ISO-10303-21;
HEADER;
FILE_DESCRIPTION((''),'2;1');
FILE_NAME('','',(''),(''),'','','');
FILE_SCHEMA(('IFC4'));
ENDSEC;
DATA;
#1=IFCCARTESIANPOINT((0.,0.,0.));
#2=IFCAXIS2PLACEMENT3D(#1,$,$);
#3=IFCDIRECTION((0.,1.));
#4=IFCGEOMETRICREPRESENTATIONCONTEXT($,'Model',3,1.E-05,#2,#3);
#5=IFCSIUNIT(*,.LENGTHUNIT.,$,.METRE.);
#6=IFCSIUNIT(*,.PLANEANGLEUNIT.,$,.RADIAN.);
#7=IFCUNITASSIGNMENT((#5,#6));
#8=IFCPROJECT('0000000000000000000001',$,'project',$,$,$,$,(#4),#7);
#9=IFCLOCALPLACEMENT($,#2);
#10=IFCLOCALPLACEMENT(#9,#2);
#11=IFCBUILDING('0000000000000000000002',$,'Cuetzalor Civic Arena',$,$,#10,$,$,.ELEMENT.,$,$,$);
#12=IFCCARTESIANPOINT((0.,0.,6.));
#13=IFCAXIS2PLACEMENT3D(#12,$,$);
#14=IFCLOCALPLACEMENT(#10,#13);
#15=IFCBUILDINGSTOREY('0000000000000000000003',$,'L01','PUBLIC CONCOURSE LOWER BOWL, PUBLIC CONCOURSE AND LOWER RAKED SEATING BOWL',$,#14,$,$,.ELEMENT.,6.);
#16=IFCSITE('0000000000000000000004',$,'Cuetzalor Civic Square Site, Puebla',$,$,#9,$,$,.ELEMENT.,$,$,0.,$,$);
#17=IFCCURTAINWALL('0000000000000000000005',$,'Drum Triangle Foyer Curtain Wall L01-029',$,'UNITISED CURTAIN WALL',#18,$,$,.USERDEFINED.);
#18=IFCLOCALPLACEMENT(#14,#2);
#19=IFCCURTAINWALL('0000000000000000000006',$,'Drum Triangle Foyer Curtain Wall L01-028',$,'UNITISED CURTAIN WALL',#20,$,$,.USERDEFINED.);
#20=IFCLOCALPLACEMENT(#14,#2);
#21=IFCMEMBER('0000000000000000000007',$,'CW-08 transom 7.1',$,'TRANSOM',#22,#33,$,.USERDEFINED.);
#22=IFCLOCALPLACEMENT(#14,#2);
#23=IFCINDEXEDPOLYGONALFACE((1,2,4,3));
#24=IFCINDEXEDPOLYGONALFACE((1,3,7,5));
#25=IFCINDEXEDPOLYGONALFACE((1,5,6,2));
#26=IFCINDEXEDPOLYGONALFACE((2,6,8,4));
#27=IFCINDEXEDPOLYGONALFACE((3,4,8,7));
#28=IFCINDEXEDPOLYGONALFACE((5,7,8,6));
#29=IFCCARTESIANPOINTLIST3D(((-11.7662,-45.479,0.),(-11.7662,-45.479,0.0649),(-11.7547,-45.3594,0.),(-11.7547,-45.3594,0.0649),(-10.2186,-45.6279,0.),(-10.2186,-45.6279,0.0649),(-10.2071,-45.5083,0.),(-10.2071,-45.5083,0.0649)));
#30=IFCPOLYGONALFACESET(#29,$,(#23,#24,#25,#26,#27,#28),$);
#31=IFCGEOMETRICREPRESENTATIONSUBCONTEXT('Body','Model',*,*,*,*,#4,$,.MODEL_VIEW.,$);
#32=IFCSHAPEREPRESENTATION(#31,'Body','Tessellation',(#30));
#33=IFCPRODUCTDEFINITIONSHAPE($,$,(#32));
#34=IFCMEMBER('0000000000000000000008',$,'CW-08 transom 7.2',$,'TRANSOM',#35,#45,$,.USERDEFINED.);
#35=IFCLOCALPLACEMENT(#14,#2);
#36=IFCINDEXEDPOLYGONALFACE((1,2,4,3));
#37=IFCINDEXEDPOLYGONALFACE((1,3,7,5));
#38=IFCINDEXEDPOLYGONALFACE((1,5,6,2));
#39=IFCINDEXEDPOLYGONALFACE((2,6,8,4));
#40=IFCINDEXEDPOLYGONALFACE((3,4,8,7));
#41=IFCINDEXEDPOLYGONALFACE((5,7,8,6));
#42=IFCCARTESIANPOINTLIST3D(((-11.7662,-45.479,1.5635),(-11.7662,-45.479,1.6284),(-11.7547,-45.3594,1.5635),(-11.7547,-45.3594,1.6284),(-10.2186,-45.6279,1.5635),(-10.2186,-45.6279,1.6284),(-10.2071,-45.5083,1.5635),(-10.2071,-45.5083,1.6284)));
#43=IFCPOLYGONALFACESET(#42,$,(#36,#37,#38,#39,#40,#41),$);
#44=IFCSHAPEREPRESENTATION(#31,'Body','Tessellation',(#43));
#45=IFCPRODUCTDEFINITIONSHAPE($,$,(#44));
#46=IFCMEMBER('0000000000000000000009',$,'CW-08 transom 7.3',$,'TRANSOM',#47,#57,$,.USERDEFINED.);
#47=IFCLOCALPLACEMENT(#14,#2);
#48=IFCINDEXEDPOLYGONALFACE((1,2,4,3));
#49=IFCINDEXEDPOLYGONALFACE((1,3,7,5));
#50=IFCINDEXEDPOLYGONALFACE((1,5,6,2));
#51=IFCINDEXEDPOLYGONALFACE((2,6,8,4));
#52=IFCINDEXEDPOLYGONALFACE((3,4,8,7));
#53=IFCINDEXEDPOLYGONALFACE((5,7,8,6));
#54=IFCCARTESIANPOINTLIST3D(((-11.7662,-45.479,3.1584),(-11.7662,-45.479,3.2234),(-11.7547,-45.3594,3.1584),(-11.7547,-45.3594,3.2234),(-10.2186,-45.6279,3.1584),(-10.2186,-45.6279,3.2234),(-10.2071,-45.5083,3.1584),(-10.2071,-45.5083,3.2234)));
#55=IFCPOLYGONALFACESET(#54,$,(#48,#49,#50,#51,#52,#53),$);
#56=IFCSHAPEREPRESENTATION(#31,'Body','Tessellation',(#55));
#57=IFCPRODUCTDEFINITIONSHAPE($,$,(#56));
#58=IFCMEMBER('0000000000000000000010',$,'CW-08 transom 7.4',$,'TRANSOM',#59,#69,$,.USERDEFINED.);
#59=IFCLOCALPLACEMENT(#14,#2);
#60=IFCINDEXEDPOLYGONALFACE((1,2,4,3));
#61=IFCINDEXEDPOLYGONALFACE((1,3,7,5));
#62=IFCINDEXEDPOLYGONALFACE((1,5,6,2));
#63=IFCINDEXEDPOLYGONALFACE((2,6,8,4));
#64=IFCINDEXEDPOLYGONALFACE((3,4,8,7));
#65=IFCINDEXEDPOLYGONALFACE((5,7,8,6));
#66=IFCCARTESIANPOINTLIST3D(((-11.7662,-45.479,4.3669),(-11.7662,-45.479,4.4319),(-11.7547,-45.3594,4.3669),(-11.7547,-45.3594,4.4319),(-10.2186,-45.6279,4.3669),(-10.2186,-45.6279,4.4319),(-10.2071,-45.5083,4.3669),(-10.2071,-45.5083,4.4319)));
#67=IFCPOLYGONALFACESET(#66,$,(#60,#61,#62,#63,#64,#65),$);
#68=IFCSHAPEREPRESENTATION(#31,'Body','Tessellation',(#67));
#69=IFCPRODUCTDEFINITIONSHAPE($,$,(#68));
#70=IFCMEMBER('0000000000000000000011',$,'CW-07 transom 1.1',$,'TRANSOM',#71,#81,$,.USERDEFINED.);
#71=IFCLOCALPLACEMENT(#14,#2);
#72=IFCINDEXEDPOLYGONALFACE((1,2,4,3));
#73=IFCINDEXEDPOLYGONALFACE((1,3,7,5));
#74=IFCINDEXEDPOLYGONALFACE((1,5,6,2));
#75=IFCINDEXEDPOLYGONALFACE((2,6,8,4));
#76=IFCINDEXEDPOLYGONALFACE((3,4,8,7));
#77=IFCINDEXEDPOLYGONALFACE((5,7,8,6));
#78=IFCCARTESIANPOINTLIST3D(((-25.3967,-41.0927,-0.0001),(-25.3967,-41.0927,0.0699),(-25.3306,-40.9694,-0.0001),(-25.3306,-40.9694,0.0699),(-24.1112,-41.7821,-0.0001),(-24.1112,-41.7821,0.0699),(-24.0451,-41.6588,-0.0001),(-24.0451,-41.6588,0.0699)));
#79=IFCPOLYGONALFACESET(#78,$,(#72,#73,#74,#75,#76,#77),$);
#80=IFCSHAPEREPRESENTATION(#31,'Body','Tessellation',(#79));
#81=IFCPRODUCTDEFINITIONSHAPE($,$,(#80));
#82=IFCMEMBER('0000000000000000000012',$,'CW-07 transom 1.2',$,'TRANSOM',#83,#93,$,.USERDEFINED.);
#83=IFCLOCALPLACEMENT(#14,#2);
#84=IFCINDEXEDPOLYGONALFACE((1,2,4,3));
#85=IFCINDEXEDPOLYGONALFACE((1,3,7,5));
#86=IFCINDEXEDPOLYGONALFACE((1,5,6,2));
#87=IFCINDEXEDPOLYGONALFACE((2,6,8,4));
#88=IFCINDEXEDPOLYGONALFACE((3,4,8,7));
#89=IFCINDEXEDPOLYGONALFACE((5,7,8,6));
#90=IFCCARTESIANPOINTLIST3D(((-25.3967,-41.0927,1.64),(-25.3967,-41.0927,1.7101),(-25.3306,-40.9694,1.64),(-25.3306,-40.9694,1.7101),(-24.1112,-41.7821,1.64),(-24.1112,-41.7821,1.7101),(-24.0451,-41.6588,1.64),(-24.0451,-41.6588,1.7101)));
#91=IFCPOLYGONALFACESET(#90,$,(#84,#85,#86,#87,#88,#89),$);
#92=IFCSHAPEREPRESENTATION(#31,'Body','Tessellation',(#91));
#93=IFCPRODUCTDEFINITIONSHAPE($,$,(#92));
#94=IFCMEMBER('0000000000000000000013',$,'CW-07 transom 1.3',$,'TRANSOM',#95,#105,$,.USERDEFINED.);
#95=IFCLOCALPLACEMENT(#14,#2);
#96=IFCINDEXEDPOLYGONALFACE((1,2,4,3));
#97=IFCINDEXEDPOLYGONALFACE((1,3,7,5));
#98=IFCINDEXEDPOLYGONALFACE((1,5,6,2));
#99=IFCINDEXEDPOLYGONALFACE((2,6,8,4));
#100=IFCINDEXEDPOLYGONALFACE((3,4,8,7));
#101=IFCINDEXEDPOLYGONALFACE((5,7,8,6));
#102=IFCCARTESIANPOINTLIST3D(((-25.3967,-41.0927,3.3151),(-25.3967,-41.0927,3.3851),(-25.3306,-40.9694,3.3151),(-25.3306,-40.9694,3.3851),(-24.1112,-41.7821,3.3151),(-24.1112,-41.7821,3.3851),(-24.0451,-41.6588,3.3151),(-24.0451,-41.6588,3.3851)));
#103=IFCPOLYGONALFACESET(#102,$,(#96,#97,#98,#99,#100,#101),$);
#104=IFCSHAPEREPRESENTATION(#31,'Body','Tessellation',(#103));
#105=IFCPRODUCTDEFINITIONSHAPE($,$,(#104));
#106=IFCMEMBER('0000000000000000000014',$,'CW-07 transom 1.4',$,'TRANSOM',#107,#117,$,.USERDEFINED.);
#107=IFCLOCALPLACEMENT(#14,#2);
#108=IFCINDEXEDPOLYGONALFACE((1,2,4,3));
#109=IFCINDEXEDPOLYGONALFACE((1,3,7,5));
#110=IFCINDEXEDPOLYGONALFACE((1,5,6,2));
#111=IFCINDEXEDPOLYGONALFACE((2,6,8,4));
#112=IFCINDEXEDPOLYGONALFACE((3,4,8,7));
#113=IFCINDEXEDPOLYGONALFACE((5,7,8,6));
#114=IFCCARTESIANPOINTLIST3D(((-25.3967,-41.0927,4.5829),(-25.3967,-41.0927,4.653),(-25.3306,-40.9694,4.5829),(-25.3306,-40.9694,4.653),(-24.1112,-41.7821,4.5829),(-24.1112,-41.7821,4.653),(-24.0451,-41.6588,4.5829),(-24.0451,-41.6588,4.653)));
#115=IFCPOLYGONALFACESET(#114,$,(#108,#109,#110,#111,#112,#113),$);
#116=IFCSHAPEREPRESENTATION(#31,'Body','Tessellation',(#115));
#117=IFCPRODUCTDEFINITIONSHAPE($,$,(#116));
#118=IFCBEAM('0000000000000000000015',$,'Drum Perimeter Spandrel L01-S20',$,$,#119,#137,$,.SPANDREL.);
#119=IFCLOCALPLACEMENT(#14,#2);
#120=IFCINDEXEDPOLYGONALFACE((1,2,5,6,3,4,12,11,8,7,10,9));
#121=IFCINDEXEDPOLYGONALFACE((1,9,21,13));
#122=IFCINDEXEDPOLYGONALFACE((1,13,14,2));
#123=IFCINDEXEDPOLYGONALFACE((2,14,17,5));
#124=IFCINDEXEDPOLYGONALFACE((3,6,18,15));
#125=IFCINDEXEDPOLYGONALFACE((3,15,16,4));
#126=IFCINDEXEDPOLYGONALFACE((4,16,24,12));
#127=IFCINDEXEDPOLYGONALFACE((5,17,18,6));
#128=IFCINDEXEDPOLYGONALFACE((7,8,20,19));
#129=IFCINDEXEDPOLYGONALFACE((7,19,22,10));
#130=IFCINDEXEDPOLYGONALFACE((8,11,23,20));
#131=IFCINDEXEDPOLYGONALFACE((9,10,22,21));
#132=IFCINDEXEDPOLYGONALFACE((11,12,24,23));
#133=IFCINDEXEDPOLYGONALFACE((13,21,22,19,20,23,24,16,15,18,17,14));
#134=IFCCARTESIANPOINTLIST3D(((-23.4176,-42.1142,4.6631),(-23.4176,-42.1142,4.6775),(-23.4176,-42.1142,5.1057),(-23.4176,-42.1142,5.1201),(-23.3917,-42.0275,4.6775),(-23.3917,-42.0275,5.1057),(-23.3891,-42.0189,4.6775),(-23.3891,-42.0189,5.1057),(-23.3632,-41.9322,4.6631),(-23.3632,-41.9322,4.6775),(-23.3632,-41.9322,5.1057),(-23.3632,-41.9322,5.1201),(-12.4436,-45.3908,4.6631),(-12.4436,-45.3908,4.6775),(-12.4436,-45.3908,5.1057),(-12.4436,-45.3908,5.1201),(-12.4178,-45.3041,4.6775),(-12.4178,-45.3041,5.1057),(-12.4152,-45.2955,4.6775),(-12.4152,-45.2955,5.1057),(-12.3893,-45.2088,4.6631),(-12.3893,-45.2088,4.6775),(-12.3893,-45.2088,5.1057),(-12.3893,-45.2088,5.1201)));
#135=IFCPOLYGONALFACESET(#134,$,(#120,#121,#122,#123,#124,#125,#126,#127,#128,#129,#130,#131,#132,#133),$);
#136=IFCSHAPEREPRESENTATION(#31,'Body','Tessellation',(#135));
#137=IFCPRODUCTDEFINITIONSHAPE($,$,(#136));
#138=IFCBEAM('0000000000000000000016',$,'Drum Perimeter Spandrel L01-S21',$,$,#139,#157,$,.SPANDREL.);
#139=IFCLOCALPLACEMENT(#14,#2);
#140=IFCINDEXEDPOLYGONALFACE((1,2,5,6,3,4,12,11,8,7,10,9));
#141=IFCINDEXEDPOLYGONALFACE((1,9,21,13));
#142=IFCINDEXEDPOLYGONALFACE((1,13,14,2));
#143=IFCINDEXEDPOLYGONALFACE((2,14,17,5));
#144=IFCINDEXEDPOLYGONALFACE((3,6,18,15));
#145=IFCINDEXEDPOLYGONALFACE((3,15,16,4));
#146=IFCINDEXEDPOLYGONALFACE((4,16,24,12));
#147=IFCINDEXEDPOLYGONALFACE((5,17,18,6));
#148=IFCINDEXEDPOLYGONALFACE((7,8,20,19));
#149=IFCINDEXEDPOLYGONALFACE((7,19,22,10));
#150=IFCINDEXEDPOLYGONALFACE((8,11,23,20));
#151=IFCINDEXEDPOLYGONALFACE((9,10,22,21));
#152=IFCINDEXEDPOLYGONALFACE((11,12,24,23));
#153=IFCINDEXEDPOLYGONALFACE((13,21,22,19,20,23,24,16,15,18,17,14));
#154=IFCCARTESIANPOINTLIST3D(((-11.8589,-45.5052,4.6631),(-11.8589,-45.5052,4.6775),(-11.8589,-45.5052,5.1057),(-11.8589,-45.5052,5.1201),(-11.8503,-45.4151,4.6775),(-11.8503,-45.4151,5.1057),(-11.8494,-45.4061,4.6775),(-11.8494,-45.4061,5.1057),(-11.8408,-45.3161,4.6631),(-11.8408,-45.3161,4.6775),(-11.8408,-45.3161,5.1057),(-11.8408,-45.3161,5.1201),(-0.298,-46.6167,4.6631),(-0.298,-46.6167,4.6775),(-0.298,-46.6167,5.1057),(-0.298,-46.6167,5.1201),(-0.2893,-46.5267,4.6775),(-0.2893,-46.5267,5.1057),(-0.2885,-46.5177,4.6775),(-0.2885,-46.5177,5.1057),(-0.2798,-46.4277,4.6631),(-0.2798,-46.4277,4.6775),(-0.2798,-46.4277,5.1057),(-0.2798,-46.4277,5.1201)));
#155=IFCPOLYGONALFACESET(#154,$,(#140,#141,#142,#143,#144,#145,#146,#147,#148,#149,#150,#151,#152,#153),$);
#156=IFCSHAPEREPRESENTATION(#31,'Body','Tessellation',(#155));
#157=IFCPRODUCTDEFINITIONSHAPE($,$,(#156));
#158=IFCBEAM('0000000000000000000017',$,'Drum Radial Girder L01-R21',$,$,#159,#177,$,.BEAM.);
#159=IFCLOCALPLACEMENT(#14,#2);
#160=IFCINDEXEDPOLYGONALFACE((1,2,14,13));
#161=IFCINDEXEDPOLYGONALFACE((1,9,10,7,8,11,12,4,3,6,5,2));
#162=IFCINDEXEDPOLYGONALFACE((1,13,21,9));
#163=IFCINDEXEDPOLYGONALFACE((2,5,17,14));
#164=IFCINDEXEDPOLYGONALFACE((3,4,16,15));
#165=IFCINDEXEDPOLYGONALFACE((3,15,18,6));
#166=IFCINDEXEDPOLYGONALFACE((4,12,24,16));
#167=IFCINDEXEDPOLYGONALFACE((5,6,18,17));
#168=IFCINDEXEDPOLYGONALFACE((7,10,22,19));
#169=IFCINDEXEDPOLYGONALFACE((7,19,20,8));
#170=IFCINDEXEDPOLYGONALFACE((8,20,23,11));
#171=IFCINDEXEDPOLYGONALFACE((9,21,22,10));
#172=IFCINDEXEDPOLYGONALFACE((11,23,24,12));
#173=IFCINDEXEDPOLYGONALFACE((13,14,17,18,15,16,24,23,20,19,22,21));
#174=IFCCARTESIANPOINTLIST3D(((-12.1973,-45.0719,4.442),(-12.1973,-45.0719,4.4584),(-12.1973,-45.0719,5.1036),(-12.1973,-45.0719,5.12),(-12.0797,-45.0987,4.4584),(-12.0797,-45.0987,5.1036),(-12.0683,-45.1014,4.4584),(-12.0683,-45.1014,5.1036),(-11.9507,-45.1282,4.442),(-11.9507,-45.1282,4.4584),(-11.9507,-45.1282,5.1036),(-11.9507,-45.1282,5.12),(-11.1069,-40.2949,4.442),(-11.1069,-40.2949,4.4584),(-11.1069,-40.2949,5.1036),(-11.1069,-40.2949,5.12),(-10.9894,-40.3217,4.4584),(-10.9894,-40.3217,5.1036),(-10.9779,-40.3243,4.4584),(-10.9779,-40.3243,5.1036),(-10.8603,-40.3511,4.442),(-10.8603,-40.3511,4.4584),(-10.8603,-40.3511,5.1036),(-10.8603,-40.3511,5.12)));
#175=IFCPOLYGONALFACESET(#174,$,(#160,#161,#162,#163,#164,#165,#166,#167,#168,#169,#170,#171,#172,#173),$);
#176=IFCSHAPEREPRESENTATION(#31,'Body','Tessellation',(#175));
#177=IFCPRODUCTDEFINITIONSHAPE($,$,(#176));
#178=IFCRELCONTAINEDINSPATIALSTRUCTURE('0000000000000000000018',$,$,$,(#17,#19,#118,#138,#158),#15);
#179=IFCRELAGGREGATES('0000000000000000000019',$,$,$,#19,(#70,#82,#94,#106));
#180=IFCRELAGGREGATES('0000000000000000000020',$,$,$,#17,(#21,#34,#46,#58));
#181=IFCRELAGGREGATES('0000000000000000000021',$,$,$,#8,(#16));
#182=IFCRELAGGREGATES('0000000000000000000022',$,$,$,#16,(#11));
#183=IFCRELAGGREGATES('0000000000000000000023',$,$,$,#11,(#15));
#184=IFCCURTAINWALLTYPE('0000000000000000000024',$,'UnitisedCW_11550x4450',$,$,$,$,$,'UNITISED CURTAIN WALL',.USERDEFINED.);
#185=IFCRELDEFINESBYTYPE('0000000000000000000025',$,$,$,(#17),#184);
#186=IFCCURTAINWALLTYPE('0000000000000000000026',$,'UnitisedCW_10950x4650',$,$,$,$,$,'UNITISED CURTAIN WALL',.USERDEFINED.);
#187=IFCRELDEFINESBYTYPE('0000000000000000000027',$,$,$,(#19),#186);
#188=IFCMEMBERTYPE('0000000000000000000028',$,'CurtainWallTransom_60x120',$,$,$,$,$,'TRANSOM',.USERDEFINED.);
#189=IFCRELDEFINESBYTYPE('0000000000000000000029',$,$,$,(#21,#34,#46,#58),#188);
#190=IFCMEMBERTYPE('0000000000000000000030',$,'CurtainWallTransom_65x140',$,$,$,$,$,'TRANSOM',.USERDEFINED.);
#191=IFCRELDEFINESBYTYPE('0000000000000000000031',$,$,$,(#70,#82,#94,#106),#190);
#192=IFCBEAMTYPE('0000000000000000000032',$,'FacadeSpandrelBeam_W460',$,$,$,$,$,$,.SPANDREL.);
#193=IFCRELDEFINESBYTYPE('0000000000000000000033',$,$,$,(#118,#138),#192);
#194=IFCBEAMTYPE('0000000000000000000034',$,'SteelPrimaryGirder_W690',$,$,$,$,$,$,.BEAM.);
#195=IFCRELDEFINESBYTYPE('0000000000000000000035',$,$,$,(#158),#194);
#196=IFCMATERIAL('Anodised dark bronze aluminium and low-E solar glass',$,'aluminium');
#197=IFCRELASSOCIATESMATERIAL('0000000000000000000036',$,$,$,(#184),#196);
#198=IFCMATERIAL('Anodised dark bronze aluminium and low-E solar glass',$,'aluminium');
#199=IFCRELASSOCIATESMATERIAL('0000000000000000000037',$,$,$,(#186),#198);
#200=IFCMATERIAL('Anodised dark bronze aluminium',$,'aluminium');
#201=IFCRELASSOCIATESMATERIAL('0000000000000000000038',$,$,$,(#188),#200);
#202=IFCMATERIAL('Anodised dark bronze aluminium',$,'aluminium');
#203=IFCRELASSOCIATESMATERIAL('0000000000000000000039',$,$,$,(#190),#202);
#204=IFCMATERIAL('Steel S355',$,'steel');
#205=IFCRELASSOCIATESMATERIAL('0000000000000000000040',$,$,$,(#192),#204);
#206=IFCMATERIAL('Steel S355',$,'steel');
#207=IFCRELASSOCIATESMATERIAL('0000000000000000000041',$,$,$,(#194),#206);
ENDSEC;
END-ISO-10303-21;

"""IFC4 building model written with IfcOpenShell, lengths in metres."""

from ifc_helpers import new_model, si_unit, direction, frame, origin, origin_2d, place, context, subcontext, project, spatial, rectangle, i_section, extrude, material, material_profile, profile_set, type_object, element, aggregate, save


model = new_model("IFC4")

# Units and contexts
model_context = context("Model", 3, precision=1e-05, world=origin(), true_north=direction((0.0, 1.0)))
body_context = subcontext(model_context, "Body", "Model", "MODEL_VIEW")
ifc_project = project(units=[si_unit("LENGTHUNIT", "METRE"), si_unit("PLANEANGLEUNIT", "RADIAN")], contexts=[model_context])

# Site, building, storey
site_placement = place(None, origin())
site = spatial("IfcSite", under=ifc_project, at=site_placement, Name="Cuetzalor Civic Square Site, Puebla", CompositionType="ELEMENT", RefElevation=0.0)
building_placement = place(site_placement, origin())
building = spatial("IfcBuilding", under=site, at=building_placement, Name="Cuetzalor Civic Arena", CompositionType="ELEMENT")
storey_placement = place(building_placement, frame((0.0, 0.0, 6.0)))
storey = spatial("IfcBuildingStorey", under=building, at=storey_placement, Name="L01", Description="PUBLIC CONCOURSE LOWER BOWL, PUBLIC CONCOURSE AND LOWER RAKED SEATING BOWL", CompositionType="ELEMENT", Elevation=6.0)

# Curtain wall
ifc_material_1 = material(Name="Anodised dark bronze aluminium and low-E solar glass", Category="aluminium")
curtain_wall_type_1 = type_object("IfcCurtainWallType", Name="UnitisedCW_11550x4450", ElementType="UNITISED CURTAIN WALL", PredefinedType="USERDEFINED", material=ifc_material_1)
curtain_wall_1_placement = place(storey_placement, origin())
curtain_wall_1 = element("IfcCurtainWall", 1, at=curtain_wall_1_placement, inside=storey, type_object=curtain_wall_type_1, Name="Drum Triangle Foyer Curtain Wall L01-029", ObjectType="UNITISED CURTAIN WALL", PredefinedType="USERDEFINED")

# Curtain wall
ifc_material_2 = material(Name="Anodised dark bronze aluminium and low-E solar glass", Category="aluminium")
curtain_wall_type_2 = type_object("IfcCurtainWallType", Name="UnitisedCW_10950x4650", ElementType="UNITISED CURTAIN WALL", PredefinedType="USERDEFINED", material=ifc_material_2)
curtain_wall_2_placement = place(storey_placement, origin())
curtain_wall_2 = element("IfcCurtainWall", 2, at=curtain_wall_2_placement, inside=storey, type_object=curtain_wall_type_2, Name="Drum Triangle Foyer Curtain Wall L01-028", ObjectType="UNITISED CURTAIN WALL", PredefinedType="USERDEFINED")

# Members
ifc_material_3 = material(Name="Anodised dark bronze aluminium", Category="aluminium")
ifc_material_profile_1 = material_profile(ifc_material_3, rectangle(XDim=0.1201, YDim=0.0649, at=origin_2d()), Name="ALU TRANSOM 65x120")
ifc_profile_set_1 = profile_set([ifc_material_profile_1], Name="Anodised dark bronze aluminium")
member_type_1 = type_object("IfcMemberType", Name="CurtainWallTransom_60x120", ElementType="TRANSOM", PredefinedType="USERDEFINED", material=ifc_profile_set_1)
member_1_placement = place(storey_placement, frame((-10.2129, -45.5681, 0.0325), z_axis=(-0.995402, 0.095787, 0.0), x_axis=(-0.095787, -0.995402, 0.0)))
member_1 = element("IfcMember", 3, at=member_1_placement, type_object=member_type_1, Name="CW-08 transom 7.1", ObjectType="TRANSOM", PredefinedType="USERDEFINED", context=body_context, shape_type="SweptSolid", body=[
    extrude(rectangle(XDim=0.1201, YDim=0.0649, at=origin_2d()), origin(), (0.0, 0.0, 1.0), 1.5547),
])
member_2_placement = place(storey_placement, frame((-10.2129, -45.5681, 1.5959), z_axis=(-0.995402, 0.095787, 0.0), x_axis=(-0.095787, -0.995402, 0.0)))
member_2 = element("IfcMember", 4, at=member_2_placement, type_object=member_type_1, Name="CW-08 transom 7.2", ObjectType="TRANSOM", PredefinedType="USERDEFINED", context=body_context, shape_type="SweptSolid", body=[
    extrude(rectangle(XDim=0.1201, YDim=0.0649, at=origin_2d()), origin(), (0.0, 0.0, 1.0), 1.5547),
])
member_3_placement = place(storey_placement, frame((-10.2129, -45.5681, 3.1909), z_axis=(-0.995402, 0.095787, 0.0), x_axis=(-0.095787, -0.995402, 0.0)))
member_3 = element("IfcMember", 5, at=member_3_placement, type_object=member_type_1, Name="CW-08 transom 7.3", ObjectType="TRANSOM", PredefinedType="USERDEFINED", context=body_context, shape_type="SweptSolid", body=[
    extrude(rectangle(XDim=0.1201, YDim=0.0649, at=origin_2d()), origin(), (0.0, 0.0, 1.0), 1.5547),
])
member_4_placement = place(storey_placement, frame((-10.2129, -45.5681, 4.3994), z_axis=(-0.995402, 0.095787, 0.0), x_axis=(-0.095787, -0.995402, 0.0)))
member_4 = element("IfcMember", 6, at=member_4_placement, type_object=member_type_1, Name="CW-08 transom 7.4", ObjectType="TRANSOM", PredefinedType="USERDEFINED", context=body_context, shape_type="SweptSolid", body=[
    extrude(rectangle(XDim=0.1201, YDim=0.0649, at=origin_2d()), origin(), (0.0, 0.0, 1.0), 1.5547),
])
ifc_material_4 = material(Name="Anodised dark bronze aluminium", Category="aluminium")
ifc_material_profile_2 = material_profile(ifc_material_4, rectangle(XDim=0.1399, YDim=0.0701, at=origin_2d()), Name="ALU TRANSOM 70x140")
ifc_profile_set_2 = profile_set([ifc_material_profile_2], Name="Anodised dark bronze aluminium")
member_type_2 = type_object("IfcMemberType", Name="CurtainWallTransom_65x140", ElementType="TRANSOM", PredefinedType="USERDEFINED", material=ifc_profile_set_2)
member_5_placement = place(storey_placement, frame((-24.0781, -41.7205, 0.0349), z_axis=(-0.881276, 0.472602, 0.0), x_axis=(-0.472602, -0.881276, 0.0)))
member_5 = element("IfcMember", 7, at=member_5_placement, type_object=member_type_2, Name="CW-07 transom 1.1", ObjectType="TRANSOM", PredefinedType="USERDEFINED", context=body_context, shape_type="SweptSolid", body=[
    extrude(rectangle(XDim=0.1399, YDim=0.0701, at=origin_2d()), origin(), (0.0, 0.0, 1.0), 1.4587),
])
member_6_placement = place(storey_placement, frame((-24.0781, -41.7205, 1.675), z_axis=(-0.881276, 0.472602, 0.0), x_axis=(-0.472602, -0.881276, 0.0)))
member_6 = element("IfcMember", 8, at=member_6_placement, type_object=member_type_2, Name="CW-07 transom 1.2", ObjectType="TRANSOM", PredefinedType="USERDEFINED", context=body_context, shape_type="SweptSolid", body=[
    extrude(rectangle(XDim=0.1399, YDim=0.0701, at=origin_2d()), origin(), (0.0, 0.0, 1.0), 1.4587),
])
member_7_placement = place(storey_placement, frame((-24.0781, -41.7205, 3.3501), z_axis=(-0.881276, 0.472602, 0.0), x_axis=(-0.472602, -0.881276, 0.0)))
member_7 = element("IfcMember", 9, at=member_7_placement, type_object=member_type_2, Name="CW-07 transom 1.3", ObjectType="TRANSOM", PredefinedType="USERDEFINED", context=body_context, shape_type="SweptSolid", body=[
    extrude(rectangle(XDim=0.1399, YDim=0.0701, at=origin_2d()), origin(), (0.0, 0.0, 1.0), 1.4587),
])
member_8_placement = place(storey_placement, frame((-24.0781, -41.7205, 4.6179), z_axis=(-0.881276, 0.472602, 0.0), x_axis=(-0.472602, -0.881276, 0.0)))
member_8 = element("IfcMember", 10, at=member_8_placement, type_object=member_type_2, Name="CW-07 transom 1.4", ObjectType="TRANSOM", PredefinedType="USERDEFINED", context=body_context, shape_type="SweptSolid", body=[
    extrude(rectangle(XDim=0.1399, YDim=0.0701, at=origin_2d()), origin(), (0.0, 0.0, 1.0), 1.4587),
])
aggregate(curtain_wall_2, [member_5, member_6, member_7, member_8])

# Beams
ifc_material_5 = material(Name="Steel S355", Category="steel")
ifc_material_profile_3 = material_profile(ifc_material_5, i_section(OverallWidth=0.1899, OverallDepth=0.457, WebThickness=0.009, FlangeThickness=0.0144, at=origin_2d()), Name="W460x74")
ifc_profile_set_3 = profile_set([ifc_material_profile_3], Name="Steel S355")
beam_type_1 = type_object("IfcBeamType", Name="FacadeSpandrelBeam_W460", PredefinedType="SPANDREL", material=ifc_profile_set_3)
beam_1_placement = place(storey_placement, frame((-23.3904, -42.0232, 4.8916), z_axis=(0.958199, -0.286102, 0.0), x_axis=(0.286102, 0.958199, 0.0)))
element("IfcBeam", 11, at=beam_1_placement, inside=storey, type_object=beam_type_1, Name="Drum Perimeter Spandrel L01-S20", PredefinedType="SPANDREL", context=body_context, shape_type="SweptSolid", body=[
    extrude(i_section(OverallWidth=0.1899, OverallDepth=0.457, WebThickness=0.009, FlangeThickness=0.0144, at=origin_2d()), origin(), (0.0, 0.0, 1.0), 11.4526),
])
beam_2_placement = place(storey_placement, frame((-11.8499, -45.4106, 4.8916), z_axis=(0.99541, -0.095707, 0.0), x_axis=(0.095707, 0.99541, 0.0)))
element("IfcBeam", 12, at=beam_2_placement, inside=storey, type_object=beam_type_1, Name="Drum Perimeter Spandrel L01-S21", PredefinedType="SPANDREL", context=body_context, shape_type="SweptSolid", body=[
    extrude(i_section(OverallWidth=0.1899, OverallDepth=0.457, WebThickness=0.009, FlangeThickness=0.0144, at=origin_2d()), origin(), (0.0, 0.0, 1.0), 11.6143),
])
ifc_material_6 = material(Name="Steel S355", Category="steel")
ifc_material_profile_4 = material_profile(ifc_material_6, i_section(OverallWidth=0.2529, OverallDepth=0.678, WebThickness=0.0117, FlangeThickness=0.0164, at=origin_2d()), Name="W690x125")
ifc_profile_set_4 = profile_set([ifc_material_profile_4], Name="Steel S355")
beam_type_2 = type_object("IfcBeamType", Name="SteelPrimaryGirder_W690", PredefinedType="BEAM", material=ifc_profile_set_4)
beam_3_placement = place(storey_placement, frame((-10.9836, -40.323, 4.781), z_axis=(-0.222519, -0.974928, 0.0), x_axis=(0.974928, -0.222519, 0.0)))
element("IfcBeam", 13, at=beam_3_placement, inside=storey, type_object=beam_type_2, Name="Drum Radial Girder L01-R21", PredefinedType="BEAM", context=body_context, shape_type="SweptSolid", body=[
    extrude(i_section(OverallWidth=0.2529, OverallDepth=0.678, WebThickness=0.0117, FlangeThickness=0.0164, at=origin_2d()), origin(), (0.0, 0.0, 1.0), 4.8999),
])

aggregate(curtain_wall_1, [member_1, member_2, member_3, member_4])

save(model, "model.ifc")
